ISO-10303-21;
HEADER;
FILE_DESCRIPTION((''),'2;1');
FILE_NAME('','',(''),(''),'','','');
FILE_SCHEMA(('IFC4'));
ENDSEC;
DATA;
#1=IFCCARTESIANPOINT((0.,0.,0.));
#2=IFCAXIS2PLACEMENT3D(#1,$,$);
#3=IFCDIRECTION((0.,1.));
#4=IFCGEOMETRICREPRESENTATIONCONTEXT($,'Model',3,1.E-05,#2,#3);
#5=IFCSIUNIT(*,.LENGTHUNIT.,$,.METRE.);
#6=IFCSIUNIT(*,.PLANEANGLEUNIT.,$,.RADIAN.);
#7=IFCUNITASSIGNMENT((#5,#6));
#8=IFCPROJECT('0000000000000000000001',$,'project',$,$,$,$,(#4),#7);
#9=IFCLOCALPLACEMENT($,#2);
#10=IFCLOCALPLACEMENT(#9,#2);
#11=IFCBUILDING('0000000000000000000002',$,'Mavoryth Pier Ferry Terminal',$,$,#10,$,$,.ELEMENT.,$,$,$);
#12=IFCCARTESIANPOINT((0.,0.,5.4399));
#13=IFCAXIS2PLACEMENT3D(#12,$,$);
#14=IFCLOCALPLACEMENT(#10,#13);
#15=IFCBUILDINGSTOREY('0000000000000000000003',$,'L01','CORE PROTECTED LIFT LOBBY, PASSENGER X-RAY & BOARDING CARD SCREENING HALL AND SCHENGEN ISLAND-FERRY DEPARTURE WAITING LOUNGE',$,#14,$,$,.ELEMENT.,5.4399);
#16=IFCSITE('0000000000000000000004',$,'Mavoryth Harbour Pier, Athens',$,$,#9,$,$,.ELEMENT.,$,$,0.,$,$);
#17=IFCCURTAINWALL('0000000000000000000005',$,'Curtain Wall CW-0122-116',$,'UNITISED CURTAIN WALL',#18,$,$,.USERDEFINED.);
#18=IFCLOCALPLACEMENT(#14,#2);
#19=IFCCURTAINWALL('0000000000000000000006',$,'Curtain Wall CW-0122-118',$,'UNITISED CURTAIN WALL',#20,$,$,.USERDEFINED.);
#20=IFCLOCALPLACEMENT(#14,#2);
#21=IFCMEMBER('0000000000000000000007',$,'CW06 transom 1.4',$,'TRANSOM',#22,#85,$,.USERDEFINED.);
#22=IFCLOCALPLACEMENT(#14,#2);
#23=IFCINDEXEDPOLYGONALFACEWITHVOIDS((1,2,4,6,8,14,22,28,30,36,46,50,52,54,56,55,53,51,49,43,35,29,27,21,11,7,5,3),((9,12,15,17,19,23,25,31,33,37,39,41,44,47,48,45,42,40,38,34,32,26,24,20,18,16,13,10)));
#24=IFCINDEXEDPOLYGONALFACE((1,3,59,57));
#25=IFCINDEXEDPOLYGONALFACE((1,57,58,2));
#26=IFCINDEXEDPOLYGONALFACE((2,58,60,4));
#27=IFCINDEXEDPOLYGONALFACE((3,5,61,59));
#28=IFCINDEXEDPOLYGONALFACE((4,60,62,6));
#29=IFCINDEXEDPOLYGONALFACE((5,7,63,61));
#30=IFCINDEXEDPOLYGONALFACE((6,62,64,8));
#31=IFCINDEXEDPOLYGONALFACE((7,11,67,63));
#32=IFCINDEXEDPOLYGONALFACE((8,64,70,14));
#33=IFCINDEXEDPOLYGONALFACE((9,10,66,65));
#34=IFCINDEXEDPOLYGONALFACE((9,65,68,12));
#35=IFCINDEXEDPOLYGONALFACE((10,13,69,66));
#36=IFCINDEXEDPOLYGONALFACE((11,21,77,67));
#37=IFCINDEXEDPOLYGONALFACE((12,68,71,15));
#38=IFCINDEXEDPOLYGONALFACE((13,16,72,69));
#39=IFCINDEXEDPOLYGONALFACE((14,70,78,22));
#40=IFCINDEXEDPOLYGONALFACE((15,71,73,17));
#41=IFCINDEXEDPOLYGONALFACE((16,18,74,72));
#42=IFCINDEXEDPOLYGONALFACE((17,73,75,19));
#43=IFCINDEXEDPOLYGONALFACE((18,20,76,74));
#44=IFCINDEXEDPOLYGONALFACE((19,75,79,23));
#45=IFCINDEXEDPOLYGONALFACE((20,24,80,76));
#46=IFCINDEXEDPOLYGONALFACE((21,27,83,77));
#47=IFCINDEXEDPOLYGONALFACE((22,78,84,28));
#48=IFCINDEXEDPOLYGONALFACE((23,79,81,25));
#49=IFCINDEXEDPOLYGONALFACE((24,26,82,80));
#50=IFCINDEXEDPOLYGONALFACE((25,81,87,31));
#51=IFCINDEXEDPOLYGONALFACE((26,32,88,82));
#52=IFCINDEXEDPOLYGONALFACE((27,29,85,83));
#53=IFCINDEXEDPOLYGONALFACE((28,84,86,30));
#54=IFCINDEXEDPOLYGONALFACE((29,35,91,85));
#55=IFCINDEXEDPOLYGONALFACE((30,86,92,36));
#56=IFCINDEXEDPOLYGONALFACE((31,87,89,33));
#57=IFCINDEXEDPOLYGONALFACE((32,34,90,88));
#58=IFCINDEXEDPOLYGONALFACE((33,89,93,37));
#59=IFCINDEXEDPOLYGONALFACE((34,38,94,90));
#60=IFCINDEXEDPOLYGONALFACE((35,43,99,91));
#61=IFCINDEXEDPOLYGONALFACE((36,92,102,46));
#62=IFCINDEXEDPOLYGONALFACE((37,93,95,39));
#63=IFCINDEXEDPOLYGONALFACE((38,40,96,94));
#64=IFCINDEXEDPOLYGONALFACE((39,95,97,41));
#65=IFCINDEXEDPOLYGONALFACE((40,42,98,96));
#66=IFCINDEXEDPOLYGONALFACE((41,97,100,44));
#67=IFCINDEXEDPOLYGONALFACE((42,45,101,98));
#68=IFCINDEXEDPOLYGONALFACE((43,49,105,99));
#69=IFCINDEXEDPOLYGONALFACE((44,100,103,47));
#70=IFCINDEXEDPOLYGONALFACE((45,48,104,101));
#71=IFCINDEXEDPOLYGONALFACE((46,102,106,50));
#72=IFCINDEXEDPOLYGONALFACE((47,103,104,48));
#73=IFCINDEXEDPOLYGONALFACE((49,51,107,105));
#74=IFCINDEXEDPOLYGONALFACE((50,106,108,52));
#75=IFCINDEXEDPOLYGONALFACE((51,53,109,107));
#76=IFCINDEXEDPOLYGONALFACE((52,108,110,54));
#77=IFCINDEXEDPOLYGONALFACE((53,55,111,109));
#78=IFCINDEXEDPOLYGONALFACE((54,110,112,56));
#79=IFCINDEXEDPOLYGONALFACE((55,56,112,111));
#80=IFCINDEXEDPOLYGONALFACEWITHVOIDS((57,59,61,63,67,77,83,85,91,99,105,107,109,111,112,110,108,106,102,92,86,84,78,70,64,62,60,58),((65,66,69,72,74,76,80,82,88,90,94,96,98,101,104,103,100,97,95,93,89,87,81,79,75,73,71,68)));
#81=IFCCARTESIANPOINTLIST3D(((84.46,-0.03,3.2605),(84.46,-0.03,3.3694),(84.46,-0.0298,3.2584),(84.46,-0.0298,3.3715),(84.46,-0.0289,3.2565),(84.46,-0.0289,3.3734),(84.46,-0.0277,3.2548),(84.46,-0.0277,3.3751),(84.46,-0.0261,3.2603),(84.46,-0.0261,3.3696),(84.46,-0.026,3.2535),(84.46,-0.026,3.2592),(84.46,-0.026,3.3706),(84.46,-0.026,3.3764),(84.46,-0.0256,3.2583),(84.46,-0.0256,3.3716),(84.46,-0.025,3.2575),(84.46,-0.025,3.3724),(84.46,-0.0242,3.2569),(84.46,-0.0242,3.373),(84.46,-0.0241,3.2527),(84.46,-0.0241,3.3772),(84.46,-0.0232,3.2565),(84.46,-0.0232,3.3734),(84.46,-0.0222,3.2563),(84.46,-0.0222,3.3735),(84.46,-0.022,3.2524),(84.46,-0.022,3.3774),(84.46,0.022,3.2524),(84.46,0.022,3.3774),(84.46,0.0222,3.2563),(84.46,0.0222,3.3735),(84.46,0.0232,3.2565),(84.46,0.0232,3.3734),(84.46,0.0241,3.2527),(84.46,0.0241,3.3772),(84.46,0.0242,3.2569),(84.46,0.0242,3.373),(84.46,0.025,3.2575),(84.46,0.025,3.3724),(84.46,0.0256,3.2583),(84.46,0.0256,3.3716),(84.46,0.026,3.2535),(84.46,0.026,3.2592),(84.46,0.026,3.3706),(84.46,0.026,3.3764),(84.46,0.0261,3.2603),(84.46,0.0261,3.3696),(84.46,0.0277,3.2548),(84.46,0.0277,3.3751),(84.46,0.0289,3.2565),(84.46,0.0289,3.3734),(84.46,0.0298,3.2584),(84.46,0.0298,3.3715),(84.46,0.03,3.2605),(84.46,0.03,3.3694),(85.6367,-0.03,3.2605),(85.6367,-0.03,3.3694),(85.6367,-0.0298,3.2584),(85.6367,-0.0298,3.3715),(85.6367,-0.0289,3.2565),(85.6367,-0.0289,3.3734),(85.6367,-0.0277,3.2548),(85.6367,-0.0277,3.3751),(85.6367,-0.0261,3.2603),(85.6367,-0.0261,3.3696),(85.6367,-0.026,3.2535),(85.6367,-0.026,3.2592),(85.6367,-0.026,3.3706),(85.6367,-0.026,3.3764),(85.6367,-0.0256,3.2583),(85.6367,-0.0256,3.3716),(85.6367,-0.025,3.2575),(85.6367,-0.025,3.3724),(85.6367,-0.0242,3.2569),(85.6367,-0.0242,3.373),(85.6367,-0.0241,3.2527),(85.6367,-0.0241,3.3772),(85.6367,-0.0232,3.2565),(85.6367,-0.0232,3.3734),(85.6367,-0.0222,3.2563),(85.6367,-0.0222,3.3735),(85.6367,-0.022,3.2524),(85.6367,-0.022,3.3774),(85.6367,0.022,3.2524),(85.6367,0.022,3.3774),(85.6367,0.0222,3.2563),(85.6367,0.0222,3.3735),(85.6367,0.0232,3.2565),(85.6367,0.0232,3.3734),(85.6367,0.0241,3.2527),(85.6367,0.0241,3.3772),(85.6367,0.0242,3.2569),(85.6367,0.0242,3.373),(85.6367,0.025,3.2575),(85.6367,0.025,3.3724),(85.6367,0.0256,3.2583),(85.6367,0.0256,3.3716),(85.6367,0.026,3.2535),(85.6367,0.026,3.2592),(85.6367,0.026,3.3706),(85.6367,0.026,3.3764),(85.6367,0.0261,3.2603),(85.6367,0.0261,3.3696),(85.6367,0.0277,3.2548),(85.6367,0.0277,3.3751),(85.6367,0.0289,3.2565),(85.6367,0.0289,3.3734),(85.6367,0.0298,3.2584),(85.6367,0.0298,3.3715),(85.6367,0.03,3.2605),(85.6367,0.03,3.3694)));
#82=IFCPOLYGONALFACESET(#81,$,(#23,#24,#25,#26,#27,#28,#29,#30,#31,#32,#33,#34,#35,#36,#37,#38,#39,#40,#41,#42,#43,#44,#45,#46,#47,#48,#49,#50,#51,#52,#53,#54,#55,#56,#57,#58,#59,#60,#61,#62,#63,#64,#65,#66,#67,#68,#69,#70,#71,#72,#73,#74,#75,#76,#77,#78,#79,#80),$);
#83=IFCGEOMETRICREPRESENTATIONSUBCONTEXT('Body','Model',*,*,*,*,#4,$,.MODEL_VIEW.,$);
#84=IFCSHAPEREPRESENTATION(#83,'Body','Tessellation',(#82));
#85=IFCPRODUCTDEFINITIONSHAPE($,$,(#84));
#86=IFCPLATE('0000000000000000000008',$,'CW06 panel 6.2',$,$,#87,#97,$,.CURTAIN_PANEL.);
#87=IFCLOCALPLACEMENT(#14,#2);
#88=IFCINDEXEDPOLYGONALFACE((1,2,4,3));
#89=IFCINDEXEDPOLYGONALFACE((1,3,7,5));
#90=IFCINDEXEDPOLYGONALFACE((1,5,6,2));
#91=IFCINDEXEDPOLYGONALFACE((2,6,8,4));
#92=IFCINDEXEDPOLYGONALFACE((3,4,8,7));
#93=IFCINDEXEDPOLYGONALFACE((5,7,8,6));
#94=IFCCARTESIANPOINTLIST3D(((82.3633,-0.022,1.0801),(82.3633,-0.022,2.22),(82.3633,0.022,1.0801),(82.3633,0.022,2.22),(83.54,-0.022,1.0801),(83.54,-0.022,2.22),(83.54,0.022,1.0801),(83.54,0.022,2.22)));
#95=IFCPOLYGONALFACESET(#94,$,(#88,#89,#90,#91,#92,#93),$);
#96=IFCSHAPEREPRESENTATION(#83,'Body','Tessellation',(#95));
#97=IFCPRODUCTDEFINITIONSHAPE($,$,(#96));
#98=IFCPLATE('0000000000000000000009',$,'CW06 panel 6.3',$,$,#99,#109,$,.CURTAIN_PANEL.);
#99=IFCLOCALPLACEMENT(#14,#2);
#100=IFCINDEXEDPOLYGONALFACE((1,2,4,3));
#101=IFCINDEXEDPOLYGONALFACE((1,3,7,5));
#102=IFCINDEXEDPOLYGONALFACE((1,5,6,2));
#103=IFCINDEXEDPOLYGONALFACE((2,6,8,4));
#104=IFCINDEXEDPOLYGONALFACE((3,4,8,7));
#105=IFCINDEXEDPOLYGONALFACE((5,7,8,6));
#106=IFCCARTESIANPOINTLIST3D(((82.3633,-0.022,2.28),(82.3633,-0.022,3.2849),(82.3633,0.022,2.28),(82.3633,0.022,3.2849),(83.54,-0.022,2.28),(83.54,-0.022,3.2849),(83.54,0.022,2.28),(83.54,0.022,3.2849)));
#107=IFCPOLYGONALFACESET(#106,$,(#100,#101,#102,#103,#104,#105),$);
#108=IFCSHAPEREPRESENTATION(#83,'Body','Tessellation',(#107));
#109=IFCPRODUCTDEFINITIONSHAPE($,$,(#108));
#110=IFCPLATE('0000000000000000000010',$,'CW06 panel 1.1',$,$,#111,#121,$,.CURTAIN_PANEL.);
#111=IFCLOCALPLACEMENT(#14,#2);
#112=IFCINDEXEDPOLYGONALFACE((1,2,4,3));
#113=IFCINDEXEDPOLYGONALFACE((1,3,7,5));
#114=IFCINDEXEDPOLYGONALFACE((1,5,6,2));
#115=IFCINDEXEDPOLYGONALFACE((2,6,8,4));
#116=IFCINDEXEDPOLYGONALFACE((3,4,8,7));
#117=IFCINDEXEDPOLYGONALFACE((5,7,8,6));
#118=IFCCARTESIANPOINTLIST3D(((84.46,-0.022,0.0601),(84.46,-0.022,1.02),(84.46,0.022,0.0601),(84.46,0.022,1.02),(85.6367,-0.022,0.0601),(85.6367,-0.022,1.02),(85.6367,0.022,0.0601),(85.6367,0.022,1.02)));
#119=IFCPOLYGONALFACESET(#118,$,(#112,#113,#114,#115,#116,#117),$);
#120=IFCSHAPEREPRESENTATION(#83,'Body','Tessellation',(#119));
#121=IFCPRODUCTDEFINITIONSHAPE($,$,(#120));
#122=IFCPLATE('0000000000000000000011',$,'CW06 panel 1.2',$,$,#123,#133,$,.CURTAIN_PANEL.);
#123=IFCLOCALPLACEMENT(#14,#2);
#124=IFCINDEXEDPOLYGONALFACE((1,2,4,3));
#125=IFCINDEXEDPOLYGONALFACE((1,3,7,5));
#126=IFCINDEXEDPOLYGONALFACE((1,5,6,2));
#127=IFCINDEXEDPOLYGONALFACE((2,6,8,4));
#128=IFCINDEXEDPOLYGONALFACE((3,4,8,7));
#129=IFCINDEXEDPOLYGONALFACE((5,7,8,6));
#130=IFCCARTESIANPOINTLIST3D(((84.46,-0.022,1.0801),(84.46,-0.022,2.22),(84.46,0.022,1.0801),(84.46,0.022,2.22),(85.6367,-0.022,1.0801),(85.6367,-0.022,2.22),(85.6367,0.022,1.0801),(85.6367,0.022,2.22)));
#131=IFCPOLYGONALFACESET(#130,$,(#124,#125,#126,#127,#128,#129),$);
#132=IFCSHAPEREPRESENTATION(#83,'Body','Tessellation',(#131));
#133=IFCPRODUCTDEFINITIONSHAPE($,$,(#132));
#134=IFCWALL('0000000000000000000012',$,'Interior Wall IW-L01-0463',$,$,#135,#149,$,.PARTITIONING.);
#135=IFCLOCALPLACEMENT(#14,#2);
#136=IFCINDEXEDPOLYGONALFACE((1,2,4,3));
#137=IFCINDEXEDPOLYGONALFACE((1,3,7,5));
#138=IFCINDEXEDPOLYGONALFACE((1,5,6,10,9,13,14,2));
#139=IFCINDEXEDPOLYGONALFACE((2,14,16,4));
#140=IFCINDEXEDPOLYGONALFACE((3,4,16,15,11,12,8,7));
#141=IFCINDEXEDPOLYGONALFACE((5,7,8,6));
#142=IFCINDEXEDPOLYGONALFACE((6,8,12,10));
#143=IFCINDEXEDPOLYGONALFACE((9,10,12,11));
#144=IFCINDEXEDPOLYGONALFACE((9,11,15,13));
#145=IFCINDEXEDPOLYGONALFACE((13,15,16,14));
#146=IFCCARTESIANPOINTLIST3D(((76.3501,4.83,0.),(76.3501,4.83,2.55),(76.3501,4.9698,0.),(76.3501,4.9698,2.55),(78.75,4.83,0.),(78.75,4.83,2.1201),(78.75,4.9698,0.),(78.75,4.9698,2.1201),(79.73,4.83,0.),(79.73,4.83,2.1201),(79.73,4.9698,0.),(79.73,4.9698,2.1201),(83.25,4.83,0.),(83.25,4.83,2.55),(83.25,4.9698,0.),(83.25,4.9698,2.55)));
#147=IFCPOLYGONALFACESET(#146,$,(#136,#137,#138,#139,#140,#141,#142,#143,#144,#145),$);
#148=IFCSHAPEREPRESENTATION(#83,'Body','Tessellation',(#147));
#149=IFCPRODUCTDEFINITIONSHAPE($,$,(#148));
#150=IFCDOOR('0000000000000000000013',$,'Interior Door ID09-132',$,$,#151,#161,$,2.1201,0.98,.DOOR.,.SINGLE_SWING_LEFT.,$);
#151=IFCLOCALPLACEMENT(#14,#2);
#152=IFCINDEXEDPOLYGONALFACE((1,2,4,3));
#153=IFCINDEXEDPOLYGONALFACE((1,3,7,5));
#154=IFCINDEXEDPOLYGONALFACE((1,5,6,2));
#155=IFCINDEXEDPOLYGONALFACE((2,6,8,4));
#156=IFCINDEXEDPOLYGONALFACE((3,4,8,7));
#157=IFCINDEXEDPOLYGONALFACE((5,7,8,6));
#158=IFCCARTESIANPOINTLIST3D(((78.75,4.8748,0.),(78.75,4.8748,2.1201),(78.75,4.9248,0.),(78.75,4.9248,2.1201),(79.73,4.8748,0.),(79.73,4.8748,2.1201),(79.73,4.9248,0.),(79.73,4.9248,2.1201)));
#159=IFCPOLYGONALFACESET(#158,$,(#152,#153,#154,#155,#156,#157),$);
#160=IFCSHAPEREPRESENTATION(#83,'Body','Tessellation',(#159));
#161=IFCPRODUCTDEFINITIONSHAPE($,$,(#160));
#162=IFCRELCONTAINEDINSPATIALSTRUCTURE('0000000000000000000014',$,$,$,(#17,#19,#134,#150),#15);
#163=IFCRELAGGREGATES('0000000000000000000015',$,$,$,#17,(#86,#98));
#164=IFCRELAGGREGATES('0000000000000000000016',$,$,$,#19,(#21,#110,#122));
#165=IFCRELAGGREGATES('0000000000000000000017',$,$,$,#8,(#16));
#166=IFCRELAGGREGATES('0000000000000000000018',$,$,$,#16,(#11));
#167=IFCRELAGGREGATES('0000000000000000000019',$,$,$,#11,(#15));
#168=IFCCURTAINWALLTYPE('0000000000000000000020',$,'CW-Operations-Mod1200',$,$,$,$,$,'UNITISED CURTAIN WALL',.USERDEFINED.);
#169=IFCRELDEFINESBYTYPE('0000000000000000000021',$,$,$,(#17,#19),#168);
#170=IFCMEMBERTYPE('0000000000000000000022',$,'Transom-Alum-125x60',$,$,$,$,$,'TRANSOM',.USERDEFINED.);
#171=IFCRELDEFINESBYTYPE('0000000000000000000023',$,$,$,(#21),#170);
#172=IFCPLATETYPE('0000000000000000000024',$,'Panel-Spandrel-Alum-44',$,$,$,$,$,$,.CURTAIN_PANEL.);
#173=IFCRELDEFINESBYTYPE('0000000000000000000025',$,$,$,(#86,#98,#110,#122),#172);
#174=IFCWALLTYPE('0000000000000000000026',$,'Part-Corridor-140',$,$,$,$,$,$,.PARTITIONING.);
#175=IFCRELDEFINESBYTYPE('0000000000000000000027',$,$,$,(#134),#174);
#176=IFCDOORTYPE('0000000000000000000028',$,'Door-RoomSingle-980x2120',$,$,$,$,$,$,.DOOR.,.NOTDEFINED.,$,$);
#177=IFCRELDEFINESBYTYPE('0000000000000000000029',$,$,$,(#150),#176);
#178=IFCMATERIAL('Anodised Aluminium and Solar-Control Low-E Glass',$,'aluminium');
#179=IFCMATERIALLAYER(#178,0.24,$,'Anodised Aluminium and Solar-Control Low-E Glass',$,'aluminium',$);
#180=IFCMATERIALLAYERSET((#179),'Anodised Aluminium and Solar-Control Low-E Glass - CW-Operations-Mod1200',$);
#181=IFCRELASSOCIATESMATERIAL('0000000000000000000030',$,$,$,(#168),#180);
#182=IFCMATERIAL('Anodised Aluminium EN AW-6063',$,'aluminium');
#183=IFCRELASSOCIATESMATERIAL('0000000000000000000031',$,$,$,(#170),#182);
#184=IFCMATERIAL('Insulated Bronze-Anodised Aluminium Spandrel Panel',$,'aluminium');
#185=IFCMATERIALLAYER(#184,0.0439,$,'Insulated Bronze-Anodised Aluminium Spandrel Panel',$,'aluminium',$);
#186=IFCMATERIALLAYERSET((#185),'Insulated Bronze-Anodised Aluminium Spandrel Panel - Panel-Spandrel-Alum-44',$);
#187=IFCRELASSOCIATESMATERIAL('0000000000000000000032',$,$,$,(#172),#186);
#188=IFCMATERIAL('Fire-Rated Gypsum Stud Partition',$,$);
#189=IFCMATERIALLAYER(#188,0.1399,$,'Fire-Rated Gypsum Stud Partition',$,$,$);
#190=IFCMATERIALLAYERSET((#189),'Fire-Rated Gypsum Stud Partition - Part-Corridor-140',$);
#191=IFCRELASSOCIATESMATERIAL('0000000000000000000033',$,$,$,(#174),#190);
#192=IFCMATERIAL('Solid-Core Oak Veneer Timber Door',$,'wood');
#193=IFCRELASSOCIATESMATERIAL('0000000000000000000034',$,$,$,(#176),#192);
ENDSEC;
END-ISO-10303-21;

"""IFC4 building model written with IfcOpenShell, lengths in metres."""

from ifc_helpers import new_model, si_unit, direction, frame, frame_2d, origin, origin_2d, place, context, subcontext, project, spatial, rectangle, hollow_rectangle, extrude, material, layer, layer_set, material_profile, profile_set, type_object, element, fill, aggregate, save


model = new_model("IFC4")

# Units and contexts
model_context = context("Model", 3, precision=1e-05, world=origin(), true_north=direction((0.0, 1.0)))
body_context = subcontext(model_context, "Body", "Model", "MODEL_VIEW")
ifc_project = project(units=[si_unit("LENGTHUNIT", "METRE"), si_unit("PLANEANGLEUNIT", "RADIAN")], contexts=[model_context])

# Site, building, storey
site_placement = place(None, origin())
site = spatial("IfcSite", under=ifc_project, at=site_placement, Name="Mavoryth Harbour Pier, Athens", CompositionType="ELEMENT", RefElevation=0.0)
building_placement = place(site_placement, origin())
building = spatial("IfcBuilding", under=site, at=building_placement, Name="Mavoryth Pier Ferry Terminal", CompositionType="ELEMENT")
storey_placement = place(building_placement, frame((0.0, 0.0, 5.4399)))
storey = spatial("IfcBuildingStorey", under=building, at=storey_placement, Name="L01", Description="CORE PROTECTED LIFT LOBBY, PASSENGER X-RAY & BOARDING CARD SCREENING HALL AND SCHENGEN ISLAND-FERRY DEPARTURE WAITING LOUNGE", CompositionType="ELEMENT", Elevation=5.4399)

# Curtain walls
ifc_material_1 = material(Name="Anodised Aluminium and Solar-Control Low-E Glass", Category="aluminium")
ifc_layer_1 = layer(ifc_material_1, 0.24, Name="Anodised Aluminium and Solar-Control Low-E Glass", Category="aluminium")
ifc_layer_set_1 = layer_set([ifc_layer_1], Name="Anodised Aluminium and Solar-Control Low-E Glass - CW-Operations-Mod1200")
curtain_wall_type = type_object("IfcCurtainWallType", Name="CW-Operations-Mod1200", ElementType="UNITISED CURTAIN WALL", PredefinedType="USERDEFINED", material=ifc_layer_set_1)
curtain_wall_1_placement = place(storey_placement, origin())
curtain_wall_1 = element("IfcCurtainWall", 1, at=curtain_wall_1_placement, inside=storey, type_object=curtain_wall_type, Name="Curtain Wall CW-0122-116", ObjectType="UNITISED CURTAIN WALL", PredefinedType="USERDEFINED")
ifc_material_2 = material(Name="Anodised Aluminium EN AW-6063", Category="aluminium")
curtain_wall_2_placement = place(storey_placement, origin())
curtain_wall_2 = element("IfcCurtainWall", 2, at=curtain_wall_2_placement, inside=storey, type_object=curtain_wall_type, Name="Curtain Wall CW-0122-118", ObjectType="UNITISED CURTAIN WALL", PredefinedType="USERDEFINED")

# Member
ifc_material_profile_1 = material_profile(ifc_material_2, hollow_rectangle(XDim=0.0601, YDim=0.125, WallThickness=0.0039, InnerFilletRadius=0.0039, OuterFilletRadius=0.0081, at=origin_2d()), Name="AL-TRAN 125x60x4", Category="aluminium")
ifc_profile_set_1 = profile_set([ifc_material_profile_1], Name="Anodised Aluminium EN AW-6063 - AL-TRAN 125x60x4")
member_type_1 = type_object("IfcMemberType", Name="Transom-Alum-125x60", ElementType="TRANSOM", PredefinedType="USERDEFINED", material=ifc_profile_set_1)
member_1_placement = place(storey_placement, frame((84.46, 0.0, 3.3149), z_axis=(1.0, 0.0, 0.0), x_axis=(0.0, 1.0, 0.0)))
member_1 = element("IfcMember", 3, at=member_1_placement, type_object=member_type_1, Name="CW06 transom 1.4", ObjectType="TRANSOM", PredefinedType="USERDEFINED", context=body_context, shape_type="SweptSolid", body=[
    extrude(hollow_rectangle(XDim=0.0601, YDim=0.125, WallThickness=0.0039, InnerFilletRadius=0.0039, OuterFilletRadius=0.0081, at=origin_2d()), origin(), (0.0, 0.0, 1.0), 1.1768),
])

# Plates
ifc_material_3 = material(Name="Insulated Bronze-Anodised Aluminium Spandrel Panel", Category="aluminium")
ifc_layer_2 = layer(ifc_material_3, 0.0439, Name="Insulated Bronze-Anodised Aluminium Spandrel Panel", Category="aluminium")
ifc_layer_set_2 = layer_set([ifc_layer_2], Name="Insulated Bronze-Anodised Aluminium Spandrel Panel - Panel-Spandrel-Alum-44")
plate_type = type_object("IfcPlateType", Name="Panel-Spandrel-Alum-44", PredefinedType="CURTAIN_PANEL", material=ifc_layer_set_2)
plate_1_placement = place(storey_placement, frame((82.9517, 0.0, 1.0801), z_axis=(0.0, 0.0, 1.0), x_axis=(1.0, 0.0, 0.0)))
plate_1 = element("IfcPlate", 4, at=plate_1_placement, type_object=plate_type, Name="CW06 panel 6.2", PredefinedType="CURTAIN_PANEL", context=body_context, shape_type="SweptSolid", body=[
    extrude(rectangle(XDim=1.1768, YDim=0.0439, at=origin_2d()), origin(), (0.0, 0.0, 1.0), 1.1399),
])
plate_2_placement = place(storey_placement, frame((82.9517, 0.0, 2.28), z_axis=(0.0, 0.0, 1.0), x_axis=(1.0, 0.0, 0.0)))
plate_2 = element("IfcPlate", 5, at=plate_2_placement, type_object=plate_type, Name="CW06 panel 6.3", PredefinedType="CURTAIN_PANEL", context=body_context, shape_type="SweptSolid", body=[
    extrude(rectangle(XDim=1.1768, YDim=0.0439, at=origin_2d()), origin(), (0.0, 0.0, 1.0), 1.0049),
])
aggregate(curtain_wall_1, [plate_1, plate_2])
plate_3_placement = place(storey_placement, frame((85.0483, 0.0, 0.0601), z_axis=(0.0, 0.0, 1.0), x_axis=(1.0, 0.0, 0.0)))
plate_3 = element("IfcPlate", 6, at=plate_3_placement, type_object=plate_type, Name="CW06 panel 1.1", PredefinedType="CURTAIN_PANEL", context=body_context, shape_type="SweptSolid", body=[
    extrude(rectangle(XDim=1.1768, YDim=0.0439, at=origin_2d()), origin(), (0.0, 0.0, 1.0), 0.96),
])
plate_4_placement = place(storey_placement, frame((85.0483, 0.0, 1.0801), z_axis=(0.0, 0.0, 1.0), x_axis=(1.0, 0.0, 0.0)))
plate_4 = element("IfcPlate", 7, at=plate_4_placement, type_object=plate_type, Name="CW06 panel 1.2", PredefinedType="CURTAIN_PANEL", context=body_context, shape_type="SweptSolid", body=[
    extrude(rectangle(XDim=1.1768, YDim=0.0439, at=origin_2d()), origin(), (0.0, 0.0, 1.0), 1.1399),
])
aggregate(curtain_wall_2, [member_1, plate_3, plate_4])

# Wall, opening, door
ifc_material_4 = material(Name="Fire-Rated Gypsum Stud Partition")
ifc_layer_3 = layer(ifc_material_4, 0.1399, Name="Fire-Rated Gypsum Stud Partition")
ifc_layer_set_3 = layer_set([ifc_layer_3], Name="Fire-Rated Gypsum Stud Partition - Part-Corridor-140")
wall_type_1 = type_object("IfcWallType", Name="Part-Corridor-140", PredefinedType="PARTITIONING", material=ifc_layer_set_3)
wall_1_placement = place(storey_placement, frame((76.3501, 4.8999, 0.0), z_axis=(0.0, 0.0, 1.0), x_axis=(1.0, 0.0, 0.0)))
wall_1 = element("IfcWall", 8, at=wall_1_placement, inside=storey, type_object=wall_type_1, Name="Interior Wall IW-L01-0463", PredefinedType="PARTITIONING", context=body_context, shape_type="SweptSolid", body=[
    extrude(rectangle(XDim=6.8999, YDim=0.1399, at=frame_2d((3.45, 0.0))), origin(), (0.0, 0.0, 1.0), 2.55),
])
opening_1_placement = place(wall_1_placement, frame((2.3999, 0.0, 0.0)))
opening_1 = element("IfcOpeningElement", 9, at=opening_1_placement, cuts=wall_1, PredefinedType="OPENING", context=body_context, shape_type="SweptSolid", body=[
    extrude(rectangle(XDim=0.98, YDim=2.1201, at=frame_2d((0.49, 1.0601))), frame((0.0, 0.0798, 0.0), z_axis=(0.0, -1.0, 0.0), x_axis=(1.0, 0.0, 0.0)), (0.0, 0.0, 1.0), 0.1599),
])
ifc_material_5 = material(Name="Solid-Core Oak Veneer Timber Door", Category="wood")
door_type_1 = type_object("IfcDoorType", Name="Door-RoomSingle-980x2120", OperationType="NOTDEFINED", PredefinedType="DOOR", material=ifc_material_5)
door_1_placement = place(opening_1_placement, origin())
door_1 = element("IfcDoor", 10, at=door_1_placement, inside=storey, type_object=door_type_1, Name="Interior Door ID09-132", OperationType="SINGLE_SWING_LEFT", OverallHeight=2.1201, OverallWidth=0.98, PredefinedType="DOOR", context=body_context, shape_type="SweptSolid", body=[
    extrude(rectangle(XDim=0.98, YDim=2.1201, at=frame_2d((0.49, 1.0601))), frame((0.0, 0.0249, 0.0), z_axis=(0.0, -1.0, 0.0), x_axis=(1.0, 0.0, 0.0)), (0.0, 0.0, 1.0), 0.05),
])
fill(opening_1, door_1)

save(model, "model.ifc")
